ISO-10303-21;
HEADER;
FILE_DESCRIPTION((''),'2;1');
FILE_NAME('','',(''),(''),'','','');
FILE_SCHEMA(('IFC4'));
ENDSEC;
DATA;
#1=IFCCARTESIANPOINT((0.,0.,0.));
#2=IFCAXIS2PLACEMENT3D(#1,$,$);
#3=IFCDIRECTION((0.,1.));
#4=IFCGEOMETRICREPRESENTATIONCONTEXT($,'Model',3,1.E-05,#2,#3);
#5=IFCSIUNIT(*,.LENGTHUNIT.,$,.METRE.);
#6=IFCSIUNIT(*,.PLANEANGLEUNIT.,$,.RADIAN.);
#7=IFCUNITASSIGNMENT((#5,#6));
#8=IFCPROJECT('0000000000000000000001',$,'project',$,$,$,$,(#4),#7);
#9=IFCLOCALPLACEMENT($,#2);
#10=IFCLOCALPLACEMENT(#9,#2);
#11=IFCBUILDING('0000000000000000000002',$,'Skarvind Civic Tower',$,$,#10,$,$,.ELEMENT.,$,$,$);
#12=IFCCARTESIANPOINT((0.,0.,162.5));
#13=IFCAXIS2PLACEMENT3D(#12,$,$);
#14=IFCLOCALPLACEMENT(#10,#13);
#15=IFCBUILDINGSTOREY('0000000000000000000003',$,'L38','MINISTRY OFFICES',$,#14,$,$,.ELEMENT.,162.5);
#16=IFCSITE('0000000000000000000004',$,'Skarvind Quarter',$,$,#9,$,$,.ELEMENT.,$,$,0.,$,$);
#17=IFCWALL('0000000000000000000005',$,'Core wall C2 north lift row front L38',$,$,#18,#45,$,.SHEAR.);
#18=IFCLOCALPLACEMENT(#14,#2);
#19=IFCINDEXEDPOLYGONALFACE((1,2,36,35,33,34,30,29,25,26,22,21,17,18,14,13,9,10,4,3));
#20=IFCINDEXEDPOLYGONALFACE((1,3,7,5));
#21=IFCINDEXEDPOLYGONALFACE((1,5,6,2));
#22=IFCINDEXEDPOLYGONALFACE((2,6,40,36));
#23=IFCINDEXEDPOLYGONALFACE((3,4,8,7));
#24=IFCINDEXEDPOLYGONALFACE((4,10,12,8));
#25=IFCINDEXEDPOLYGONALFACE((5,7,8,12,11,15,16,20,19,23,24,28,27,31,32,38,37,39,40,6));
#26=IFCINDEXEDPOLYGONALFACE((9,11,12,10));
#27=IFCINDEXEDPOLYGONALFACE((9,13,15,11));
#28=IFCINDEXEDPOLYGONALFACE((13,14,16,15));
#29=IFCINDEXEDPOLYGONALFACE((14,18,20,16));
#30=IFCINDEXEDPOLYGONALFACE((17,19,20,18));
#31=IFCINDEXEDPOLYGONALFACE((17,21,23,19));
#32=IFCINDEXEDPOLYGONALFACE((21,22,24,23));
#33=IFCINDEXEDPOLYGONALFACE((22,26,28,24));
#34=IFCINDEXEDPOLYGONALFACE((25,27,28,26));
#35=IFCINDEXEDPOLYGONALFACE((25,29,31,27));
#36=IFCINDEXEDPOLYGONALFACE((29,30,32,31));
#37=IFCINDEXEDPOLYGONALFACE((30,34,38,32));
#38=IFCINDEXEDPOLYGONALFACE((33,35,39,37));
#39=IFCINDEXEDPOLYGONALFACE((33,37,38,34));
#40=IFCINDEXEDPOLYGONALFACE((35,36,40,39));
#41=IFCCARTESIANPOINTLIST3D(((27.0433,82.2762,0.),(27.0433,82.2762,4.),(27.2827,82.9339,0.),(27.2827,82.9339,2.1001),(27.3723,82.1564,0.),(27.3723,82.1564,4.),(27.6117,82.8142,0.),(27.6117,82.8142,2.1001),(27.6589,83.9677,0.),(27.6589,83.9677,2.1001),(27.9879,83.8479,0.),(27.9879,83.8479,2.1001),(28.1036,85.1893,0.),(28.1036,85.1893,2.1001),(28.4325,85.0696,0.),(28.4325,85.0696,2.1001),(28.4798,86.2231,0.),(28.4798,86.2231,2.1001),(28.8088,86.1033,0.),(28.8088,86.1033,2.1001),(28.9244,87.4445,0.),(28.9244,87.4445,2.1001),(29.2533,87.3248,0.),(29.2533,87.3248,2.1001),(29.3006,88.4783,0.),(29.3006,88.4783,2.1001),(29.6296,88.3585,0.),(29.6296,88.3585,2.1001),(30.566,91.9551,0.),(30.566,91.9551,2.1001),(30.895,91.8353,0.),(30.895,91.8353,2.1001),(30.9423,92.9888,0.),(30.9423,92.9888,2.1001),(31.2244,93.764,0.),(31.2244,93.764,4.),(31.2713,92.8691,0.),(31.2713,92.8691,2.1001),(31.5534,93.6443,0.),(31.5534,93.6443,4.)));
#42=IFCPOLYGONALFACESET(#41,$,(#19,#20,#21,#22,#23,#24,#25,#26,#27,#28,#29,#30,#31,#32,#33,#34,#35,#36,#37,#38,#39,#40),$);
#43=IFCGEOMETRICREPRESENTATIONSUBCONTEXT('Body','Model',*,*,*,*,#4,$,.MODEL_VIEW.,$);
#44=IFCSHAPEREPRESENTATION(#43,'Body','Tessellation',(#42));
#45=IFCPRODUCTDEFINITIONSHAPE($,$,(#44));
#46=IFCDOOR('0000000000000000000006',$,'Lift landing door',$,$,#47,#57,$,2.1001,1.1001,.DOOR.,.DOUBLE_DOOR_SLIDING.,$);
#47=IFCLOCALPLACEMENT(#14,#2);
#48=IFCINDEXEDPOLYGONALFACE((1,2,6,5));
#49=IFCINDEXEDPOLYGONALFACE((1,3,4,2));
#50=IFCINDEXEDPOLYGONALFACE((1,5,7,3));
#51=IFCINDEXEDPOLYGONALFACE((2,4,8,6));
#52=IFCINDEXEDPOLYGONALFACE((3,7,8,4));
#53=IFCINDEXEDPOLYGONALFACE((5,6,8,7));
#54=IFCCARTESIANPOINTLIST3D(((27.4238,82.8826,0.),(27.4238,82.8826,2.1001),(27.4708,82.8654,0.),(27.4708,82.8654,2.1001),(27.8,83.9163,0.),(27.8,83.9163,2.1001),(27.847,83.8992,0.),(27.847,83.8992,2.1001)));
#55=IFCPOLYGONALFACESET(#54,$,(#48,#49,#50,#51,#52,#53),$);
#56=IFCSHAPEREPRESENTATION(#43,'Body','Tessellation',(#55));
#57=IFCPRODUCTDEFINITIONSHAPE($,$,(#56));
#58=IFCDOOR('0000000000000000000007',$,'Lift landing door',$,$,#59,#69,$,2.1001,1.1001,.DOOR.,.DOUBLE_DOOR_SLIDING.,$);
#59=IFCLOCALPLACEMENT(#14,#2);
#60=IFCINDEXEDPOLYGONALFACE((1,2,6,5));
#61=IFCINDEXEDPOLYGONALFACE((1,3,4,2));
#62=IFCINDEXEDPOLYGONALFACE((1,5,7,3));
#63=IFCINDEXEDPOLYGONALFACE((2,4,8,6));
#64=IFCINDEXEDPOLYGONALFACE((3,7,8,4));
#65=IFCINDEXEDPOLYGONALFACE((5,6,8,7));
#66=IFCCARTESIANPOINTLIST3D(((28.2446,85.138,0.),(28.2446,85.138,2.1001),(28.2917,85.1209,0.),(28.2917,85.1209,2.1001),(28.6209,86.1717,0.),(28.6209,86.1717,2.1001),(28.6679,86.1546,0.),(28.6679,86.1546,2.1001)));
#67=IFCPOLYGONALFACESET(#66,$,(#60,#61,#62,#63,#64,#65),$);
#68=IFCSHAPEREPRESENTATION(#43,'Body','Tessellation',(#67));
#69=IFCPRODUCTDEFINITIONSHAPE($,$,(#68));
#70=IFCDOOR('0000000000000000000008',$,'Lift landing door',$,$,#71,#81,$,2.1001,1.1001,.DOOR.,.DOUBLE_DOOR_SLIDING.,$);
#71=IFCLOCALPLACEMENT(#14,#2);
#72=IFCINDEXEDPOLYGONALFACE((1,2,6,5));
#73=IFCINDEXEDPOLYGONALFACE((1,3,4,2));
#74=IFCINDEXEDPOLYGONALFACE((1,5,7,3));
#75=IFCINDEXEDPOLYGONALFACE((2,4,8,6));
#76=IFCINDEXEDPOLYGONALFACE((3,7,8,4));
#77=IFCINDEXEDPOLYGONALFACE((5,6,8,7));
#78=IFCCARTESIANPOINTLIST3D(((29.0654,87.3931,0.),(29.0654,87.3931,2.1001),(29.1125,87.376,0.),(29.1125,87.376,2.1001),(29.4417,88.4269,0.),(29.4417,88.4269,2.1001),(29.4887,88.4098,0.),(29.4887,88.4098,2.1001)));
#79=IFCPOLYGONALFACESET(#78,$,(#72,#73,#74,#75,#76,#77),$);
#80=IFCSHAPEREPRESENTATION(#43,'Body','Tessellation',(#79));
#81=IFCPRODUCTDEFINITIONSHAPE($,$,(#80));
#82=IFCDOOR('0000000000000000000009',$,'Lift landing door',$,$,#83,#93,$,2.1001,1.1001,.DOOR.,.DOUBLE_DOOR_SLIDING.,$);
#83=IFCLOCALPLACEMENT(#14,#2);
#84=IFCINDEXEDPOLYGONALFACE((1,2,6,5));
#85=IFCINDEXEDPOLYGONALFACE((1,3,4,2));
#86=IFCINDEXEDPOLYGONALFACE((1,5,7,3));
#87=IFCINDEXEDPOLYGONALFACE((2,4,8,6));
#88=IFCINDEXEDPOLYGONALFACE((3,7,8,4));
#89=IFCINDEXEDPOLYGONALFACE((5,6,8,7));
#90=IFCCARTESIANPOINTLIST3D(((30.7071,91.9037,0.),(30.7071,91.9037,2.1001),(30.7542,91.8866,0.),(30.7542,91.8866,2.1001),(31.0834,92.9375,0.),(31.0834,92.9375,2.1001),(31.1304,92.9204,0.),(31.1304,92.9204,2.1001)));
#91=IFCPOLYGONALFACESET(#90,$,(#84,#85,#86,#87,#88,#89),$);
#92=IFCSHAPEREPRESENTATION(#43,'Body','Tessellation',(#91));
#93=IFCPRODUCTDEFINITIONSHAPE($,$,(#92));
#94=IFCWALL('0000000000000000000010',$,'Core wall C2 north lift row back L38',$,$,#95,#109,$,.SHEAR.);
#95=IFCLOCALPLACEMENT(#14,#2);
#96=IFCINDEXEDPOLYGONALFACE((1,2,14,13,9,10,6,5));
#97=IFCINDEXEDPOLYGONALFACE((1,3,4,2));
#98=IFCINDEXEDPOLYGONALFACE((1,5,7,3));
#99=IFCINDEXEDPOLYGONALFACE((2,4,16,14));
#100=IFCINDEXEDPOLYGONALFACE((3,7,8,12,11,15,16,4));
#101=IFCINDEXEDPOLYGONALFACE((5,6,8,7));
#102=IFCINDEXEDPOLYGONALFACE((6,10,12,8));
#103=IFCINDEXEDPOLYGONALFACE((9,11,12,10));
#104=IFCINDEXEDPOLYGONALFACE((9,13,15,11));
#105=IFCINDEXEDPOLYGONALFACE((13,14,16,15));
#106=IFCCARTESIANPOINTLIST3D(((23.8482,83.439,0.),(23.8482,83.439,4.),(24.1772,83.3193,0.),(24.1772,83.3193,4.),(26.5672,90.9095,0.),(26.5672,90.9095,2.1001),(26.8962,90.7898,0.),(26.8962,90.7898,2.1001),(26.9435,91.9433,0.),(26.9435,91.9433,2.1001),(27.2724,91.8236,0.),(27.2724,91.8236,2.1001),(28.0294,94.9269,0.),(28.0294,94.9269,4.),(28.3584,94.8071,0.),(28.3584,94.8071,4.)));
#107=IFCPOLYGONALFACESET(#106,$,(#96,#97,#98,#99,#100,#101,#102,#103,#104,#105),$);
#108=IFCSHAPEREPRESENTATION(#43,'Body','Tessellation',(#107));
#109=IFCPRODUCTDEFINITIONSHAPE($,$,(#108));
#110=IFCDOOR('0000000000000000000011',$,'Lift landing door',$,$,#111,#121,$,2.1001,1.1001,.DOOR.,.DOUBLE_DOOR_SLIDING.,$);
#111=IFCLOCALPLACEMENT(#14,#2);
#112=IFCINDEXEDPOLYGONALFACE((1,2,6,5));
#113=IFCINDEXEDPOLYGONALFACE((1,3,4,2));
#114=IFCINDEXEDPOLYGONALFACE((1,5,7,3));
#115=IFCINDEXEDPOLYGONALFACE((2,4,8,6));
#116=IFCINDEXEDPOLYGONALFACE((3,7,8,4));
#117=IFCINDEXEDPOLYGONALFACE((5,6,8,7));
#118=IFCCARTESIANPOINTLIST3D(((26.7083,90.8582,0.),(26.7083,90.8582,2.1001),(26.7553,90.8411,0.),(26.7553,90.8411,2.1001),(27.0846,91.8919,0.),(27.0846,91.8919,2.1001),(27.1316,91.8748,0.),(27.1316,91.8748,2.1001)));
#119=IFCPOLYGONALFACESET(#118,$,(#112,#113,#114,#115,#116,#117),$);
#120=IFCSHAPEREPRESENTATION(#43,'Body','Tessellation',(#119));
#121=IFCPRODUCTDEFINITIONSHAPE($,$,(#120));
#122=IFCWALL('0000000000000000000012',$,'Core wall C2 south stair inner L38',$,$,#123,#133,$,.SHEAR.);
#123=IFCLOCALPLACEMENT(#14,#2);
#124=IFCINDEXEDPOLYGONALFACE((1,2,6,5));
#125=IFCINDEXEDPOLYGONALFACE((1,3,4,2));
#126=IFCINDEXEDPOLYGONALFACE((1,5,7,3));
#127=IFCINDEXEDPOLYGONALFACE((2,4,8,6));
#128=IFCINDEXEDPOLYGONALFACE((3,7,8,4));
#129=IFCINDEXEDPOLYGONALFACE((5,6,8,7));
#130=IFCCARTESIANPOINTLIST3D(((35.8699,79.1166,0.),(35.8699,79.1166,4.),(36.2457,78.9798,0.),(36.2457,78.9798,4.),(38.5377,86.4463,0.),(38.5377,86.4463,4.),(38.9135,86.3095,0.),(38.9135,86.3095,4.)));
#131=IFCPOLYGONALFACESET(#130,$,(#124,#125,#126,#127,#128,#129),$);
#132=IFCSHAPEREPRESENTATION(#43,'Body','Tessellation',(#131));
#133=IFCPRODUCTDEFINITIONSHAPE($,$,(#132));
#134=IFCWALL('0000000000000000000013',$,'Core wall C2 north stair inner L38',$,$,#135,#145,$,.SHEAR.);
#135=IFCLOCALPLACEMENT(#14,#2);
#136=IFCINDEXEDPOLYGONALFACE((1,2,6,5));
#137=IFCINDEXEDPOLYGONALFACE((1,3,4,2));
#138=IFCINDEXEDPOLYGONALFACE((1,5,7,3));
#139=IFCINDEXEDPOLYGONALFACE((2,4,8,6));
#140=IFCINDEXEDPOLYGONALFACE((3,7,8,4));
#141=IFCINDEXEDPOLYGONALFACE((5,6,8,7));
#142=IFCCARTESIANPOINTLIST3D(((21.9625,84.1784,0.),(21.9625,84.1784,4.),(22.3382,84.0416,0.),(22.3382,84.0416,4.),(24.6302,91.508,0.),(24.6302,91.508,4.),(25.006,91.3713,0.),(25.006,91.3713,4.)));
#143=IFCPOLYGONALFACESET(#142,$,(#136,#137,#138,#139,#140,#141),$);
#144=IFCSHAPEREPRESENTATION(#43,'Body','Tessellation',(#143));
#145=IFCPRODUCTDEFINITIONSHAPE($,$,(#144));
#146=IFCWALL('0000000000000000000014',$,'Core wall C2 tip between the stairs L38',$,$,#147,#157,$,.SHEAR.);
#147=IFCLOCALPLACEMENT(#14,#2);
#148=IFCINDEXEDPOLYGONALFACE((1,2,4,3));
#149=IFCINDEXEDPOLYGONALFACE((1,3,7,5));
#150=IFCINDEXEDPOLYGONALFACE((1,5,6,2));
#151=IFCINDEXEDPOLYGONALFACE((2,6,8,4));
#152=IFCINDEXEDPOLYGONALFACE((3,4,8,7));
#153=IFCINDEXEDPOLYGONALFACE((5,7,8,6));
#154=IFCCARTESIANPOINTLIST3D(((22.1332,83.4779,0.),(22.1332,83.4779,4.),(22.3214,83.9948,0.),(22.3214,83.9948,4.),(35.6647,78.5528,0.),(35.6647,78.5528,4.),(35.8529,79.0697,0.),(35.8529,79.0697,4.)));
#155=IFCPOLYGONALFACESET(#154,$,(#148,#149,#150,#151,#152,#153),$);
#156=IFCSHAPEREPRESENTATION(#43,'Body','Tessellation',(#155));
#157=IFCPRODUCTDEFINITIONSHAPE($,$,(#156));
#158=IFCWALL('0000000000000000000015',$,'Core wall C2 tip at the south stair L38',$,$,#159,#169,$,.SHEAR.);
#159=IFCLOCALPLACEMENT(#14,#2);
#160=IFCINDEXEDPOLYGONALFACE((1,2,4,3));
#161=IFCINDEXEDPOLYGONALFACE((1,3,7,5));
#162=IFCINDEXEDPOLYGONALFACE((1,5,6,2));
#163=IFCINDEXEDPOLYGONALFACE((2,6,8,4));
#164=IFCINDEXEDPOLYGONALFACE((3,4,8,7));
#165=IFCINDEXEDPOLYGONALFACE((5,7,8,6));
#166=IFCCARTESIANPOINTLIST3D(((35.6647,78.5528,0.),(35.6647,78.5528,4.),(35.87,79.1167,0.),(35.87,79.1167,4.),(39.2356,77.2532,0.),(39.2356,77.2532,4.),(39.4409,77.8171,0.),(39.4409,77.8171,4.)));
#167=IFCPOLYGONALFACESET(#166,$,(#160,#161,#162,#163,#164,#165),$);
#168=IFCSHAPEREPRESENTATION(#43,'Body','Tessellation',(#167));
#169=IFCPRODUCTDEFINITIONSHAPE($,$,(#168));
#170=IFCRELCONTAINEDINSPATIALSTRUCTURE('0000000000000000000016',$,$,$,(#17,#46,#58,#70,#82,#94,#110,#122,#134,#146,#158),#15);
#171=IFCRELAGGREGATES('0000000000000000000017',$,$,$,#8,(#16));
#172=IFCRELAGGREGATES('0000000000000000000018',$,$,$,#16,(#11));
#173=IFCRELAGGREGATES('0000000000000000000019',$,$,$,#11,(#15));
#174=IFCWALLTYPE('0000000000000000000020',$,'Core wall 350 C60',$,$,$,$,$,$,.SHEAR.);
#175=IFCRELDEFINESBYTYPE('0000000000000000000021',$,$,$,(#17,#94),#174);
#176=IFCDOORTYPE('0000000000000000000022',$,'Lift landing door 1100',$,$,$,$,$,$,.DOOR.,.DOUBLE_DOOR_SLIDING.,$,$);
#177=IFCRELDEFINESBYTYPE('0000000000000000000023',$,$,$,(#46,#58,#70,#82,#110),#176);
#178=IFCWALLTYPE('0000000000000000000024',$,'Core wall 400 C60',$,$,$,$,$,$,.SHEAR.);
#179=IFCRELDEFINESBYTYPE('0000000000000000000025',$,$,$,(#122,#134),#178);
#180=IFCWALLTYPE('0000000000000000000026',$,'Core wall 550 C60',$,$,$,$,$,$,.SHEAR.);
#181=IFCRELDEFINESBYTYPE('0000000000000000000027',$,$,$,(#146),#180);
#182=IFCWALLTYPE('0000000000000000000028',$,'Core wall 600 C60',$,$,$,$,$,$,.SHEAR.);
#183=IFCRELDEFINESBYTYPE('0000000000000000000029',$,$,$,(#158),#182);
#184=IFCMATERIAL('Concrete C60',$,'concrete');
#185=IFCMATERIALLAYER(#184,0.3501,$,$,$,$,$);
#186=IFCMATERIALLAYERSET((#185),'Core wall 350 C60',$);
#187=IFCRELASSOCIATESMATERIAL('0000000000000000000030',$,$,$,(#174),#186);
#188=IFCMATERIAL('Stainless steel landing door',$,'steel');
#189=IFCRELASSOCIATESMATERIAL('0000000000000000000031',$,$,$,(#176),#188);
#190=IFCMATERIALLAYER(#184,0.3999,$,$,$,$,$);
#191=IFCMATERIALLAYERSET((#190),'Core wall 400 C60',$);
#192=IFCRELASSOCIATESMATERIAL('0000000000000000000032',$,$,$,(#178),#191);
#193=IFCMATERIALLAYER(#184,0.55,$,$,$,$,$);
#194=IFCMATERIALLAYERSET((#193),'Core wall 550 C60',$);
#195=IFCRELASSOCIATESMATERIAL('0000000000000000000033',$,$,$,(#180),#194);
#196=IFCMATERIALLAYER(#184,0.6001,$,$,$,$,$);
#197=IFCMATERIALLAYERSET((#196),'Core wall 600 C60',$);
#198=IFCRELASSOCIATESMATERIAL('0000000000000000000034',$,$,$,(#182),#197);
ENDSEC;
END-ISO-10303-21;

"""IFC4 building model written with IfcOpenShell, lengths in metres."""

from ifc_helpers import new_model, si_unit, direction, frame, frame_2d, origin, place, context, subcontext, project, spatial, rectangle, extrude, material, layer, layer_set, type_object, element, fill, save


model = new_model("IFC4")

# Units and contexts
model_context = context("Model", 3, precision=1e-05, world=origin(), true_north=direction((0.0, 1.0)))
body_context = subcontext(model_context, "Body", "Model", "MODEL_VIEW")
ifc_project = project(units=[si_unit("LENGTHUNIT", "METRE"), si_unit("PLANEANGLEUNIT", "RADIAN")], contexts=[model_context])

# Site, building, storey
site_placement = place(None, origin())
site = spatial("IfcSite", under=ifc_project, at=site_placement, Name="Skarvind Quarter", CompositionType="ELEMENT", RefElevation=0.0)
building_placement = place(site_placement, origin())
building = spatial("IfcBuilding", under=site, at=building_placement, Name="Skarvind Civic Tower", CompositionType="ELEMENT")
storey_placement = place(building_placement, frame((0.0, 0.0, 162.5)))
storey = spatial("IfcBuildingStorey", under=building, at=storey_placement, Name="L38", Description="MINISTRY OFFICES", CompositionType="ELEMENT", Elevation=162.5)

# Shared definitions
ifc_material_1 = material(Name="Concrete C60", Category="concrete")
ifc_layer_1 = layer(ifc_material_1, 0.3501)
ifc_layer_set_1 = layer_set([ifc_layer_1], Name="Core wall 350 C60")
wall_type_1 = type_object("IfcWallType", Name="Core wall 350 C60", PredefinedType="SHEAR", material=ifc_layer_set_1)

# Wall, openings, doors
wall_1_placement = place(storey_placement, frame((27.2078, 82.2163, 0.0), z_axis=(0.0, 0.0, 1.0), x_axis=(0.342016, 0.939694, 0.0)))
wall_1 = element("IfcWall", 1, at=wall_1_placement, inside=storey, type_object=wall_type_1, Name="Core wall C2 north lift row front L38", PredefinedType="SHEAR", context=body_context, shape_type="SweptSolid", body=[
    extrude(rectangle(XDim=12.2251, YDim=0.3501, at=frame_2d((6.1125, 0.0))), origin(), (0.0, 0.0, 1.0), 4.0),
])
opening_1_placement = place(wall_1_placement, frame((0.7, 0.0, 0.0)))
opening_1 = element("IfcOpeningElement", 2, at=opening_1_placement, cuts=wall_1, PredefinedType="OPENING", context=body_context, shape_type="SweptSolid", body=[
    extrude(rectangle(XDim=1.1001, YDim=2.1001, at=frame_2d((0.55, 1.05))), frame((0.0, 0.1851, 0.0), z_axis=(0.0, -1.0, 0.0), x_axis=(1.0, 0.0, 0.0)), (0.0, 0.0, 1.0), 0.3701),
])
opening_2_placement = place(wall_1_placement, frame((3.1001, 0.0, 0.0)))
opening_2 = element("IfcOpeningElement", 3, at=opening_2_placement, cuts=wall_1, PredefinedType="OPENING", context=body_context, shape_type="SweptSolid", body=[
    extrude(rectangle(XDim=1.1001, YDim=2.1001, at=frame_2d((0.55, 1.05))), frame((0.0, 0.1851, 0.0), z_axis=(0.0, -1.0, 0.0), x_axis=(1.0, 0.0, 0.0)), (0.0, 0.0, 1.0), 0.3701),
])
opening_3_placement = place(wall_1_placement, frame((5.5, 0.0, 0.0)))
opening_3 = element("IfcOpeningElement", 4, at=opening_3_placement, cuts=wall_1, PredefinedType="OPENING", context=body_context, shape_type="SweptSolid", body=[
    extrude(rectangle(XDim=1.1001, YDim=2.1001, at=frame_2d((0.55, 1.05))), frame((0.0, 0.1851, 0.0), z_axis=(0.0, -1.0, 0.0), x_axis=(1.0, 0.0, 0.0)), (0.0, 0.0, 1.0), 0.3701),
])
opening_4_placement = place(wall_1_placement, frame((10.3, 0.0, 0.0)))
opening_4 = element("IfcOpeningElement", 5, at=opening_4_placement, cuts=wall_1, PredefinedType="OPENING", context=body_context, shape_type="SweptSolid", body=[
    extrude(rectangle(XDim=1.1001, YDim=2.1001, at=frame_2d((0.55, 1.05))), frame((0.0, 0.1851, 0.0), z_axis=(0.0, -1.0, 0.0), x_axis=(1.0, 0.0, 0.0)), (0.0, 0.0, 1.0), 0.3701),
])
ifc_material_2 = material(Name="Stainless steel landing door", Category="steel")
door_type_1 = type_object("IfcDoorType", Name="Lift landing door 1100", OperationType="DOUBLE_DOOR_SLIDING", PredefinedType="DOOR", material=ifc_material_2)
door_1_placement = place(opening_1_placement, origin())
door_1 = element("IfcDoor", 6, at=door_1_placement, inside=storey, type_object=door_type_1, Name="Lift landing door", OperationType="DOUBLE_DOOR_SLIDING", OverallHeight=2.1001, OverallWidth=1.1001, PredefinedType="DOOR", context=body_context, shape_type="SweptSolid", body=[
    extrude(rectangle(XDim=1.1001, YDim=2.1001, at=frame_2d((0.55, 1.05))), frame((0.0, 0.0249, 0.0), z_axis=(0.0, -1.0, 0.0), x_axis=(1.0, 0.0, 0.0)), (0.0, 0.0, 1.0), 0.05),
])
fill(opening_1, door_1)
door_2_placement = place(opening_2_placement, origin())
door_2 = element("IfcDoor", 7, at=door_2_placement, inside=storey, type_object=door_type_1, Name="Lift landing door", OperationType="DOUBLE_DOOR_SLIDING", OverallHeight=2.1001, OverallWidth=1.1001, PredefinedType="DOOR", context=body_context, shape_type="SweptSolid", body=[
    extrude(rectangle(XDim=1.1001, YDim=2.1001, at=frame_2d((0.55, 1.05))), frame((0.0, 0.0249, 0.0), z_axis=(0.0, -1.0, 0.0), x_axis=(1.0, 0.0, 0.0)), (0.0, 0.0, 1.0), 0.05),
])
fill(opening_2, door_2)
door_3_placement = place(opening_3_placement, origin())
door_3 = element("IfcDoor", 8, at=door_3_placement, inside=storey, type_object=door_type_1, Name="Lift landing door", OperationType="DOUBLE_DOOR_SLIDING", OverallHeight=2.1001, OverallWidth=1.1001, PredefinedType="DOOR", context=body_context, shape_type="SweptSolid", body=[
    extrude(rectangle(XDim=1.1001, YDim=2.1001, at=frame_2d((0.55, 1.05))), frame((0.0, 0.0249, 0.0), z_axis=(0.0, -1.0, 0.0), x_axis=(1.0, 0.0, 0.0)), (0.0, 0.0, 1.0), 0.05),
])
fill(opening_3, door_3)
door_4_placement = place(opening_4_placement, origin())
door_4 = element("IfcDoor", 9, at=door_4_placement, inside=storey, type_object=door_type_1, Name="Lift landing door", OperationType="DOUBLE_DOOR_SLIDING", OverallHeight=2.1001, OverallWidth=1.1001, PredefinedType="DOOR", context=body_context, shape_type="SweptSolid", body=[
    extrude(rectangle(XDim=1.1001, YDim=2.1001, at=frame_2d((0.55, 1.05))), frame((0.0, 0.0249, 0.0), z_axis=(0.0, -1.0, 0.0), x_axis=(1.0, 0.0, 0.0)), (0.0, 0.0, 1.0), 0.05),
])
fill(opening_4, door_4)

# Wall, opening, door
wall_2_placement = place(storey_placement, frame((24.0127, 83.3792, 0.0), z_axis=(0.0, 0.0, 1.0), x_axis=(0.342016, 0.939694, 0.0)))
wall_2 = element("IfcWall", 10, at=wall_2_placement, inside=storey, type_object=wall_type_1, Name="Core wall C2 north lift row back L38", PredefinedType="SHEAR", context=body_context, shape_type="SweptSolid", body=[
    extrude(rectangle(XDim=12.2251, YDim=0.3501, at=frame_2d((6.1125, 0.0))), origin(), (0.0, 0.0, 1.0), 4.0),
])
opening_5_placement = place(wall_2_placement, frame((7.95, 0.0, 0.0)))
opening_5 = element("IfcOpeningElement", 11, at=opening_5_placement, cuts=wall_2, PredefinedType="OPENING", context=body_context, shape_type="SweptSolid", body=[
    extrude(rectangle(XDim=1.1001, YDim=2.1001, at=frame_2d((0.55, 1.05))), frame((0.0, 0.1851, 0.0), z_axis=(0.0, -1.0, 0.0), x_axis=(1.0, 0.0, 0.0)), (0.0, 0.0, 1.0), 0.3701),
])
door_5_placement = place(opening_5_placement, origin())
door_5 = element("IfcDoor", 12, at=door_5_placement, inside=storey, type_object=door_type_1, Name="Lift landing door", OperationType="DOUBLE_DOOR_SLIDING", OverallHeight=2.1001, OverallWidth=1.1001, PredefinedType="DOOR", context=body_context, shape_type="SweptSolid", body=[
    extrude(rectangle(XDim=1.1001, YDim=2.1001, at=frame_2d((0.55, 1.05))), frame((0.0, 0.0249, 0.0), z_axis=(0.0, -1.0, 0.0), x_axis=(1.0, 0.0, 0.0)), (0.0, 0.0, 1.0), 0.05),
])
fill(opening_5, door_5)

# Walls
ifc_layer_2 = layer(ifc_material_1, 0.3999)
ifc_layer_set_2 = layer_set([ifc_layer_2], Name="Core wall 400 C60")
wall_type_2 = type_object("IfcWallType", Name="Core wall 400 C60", PredefinedType="SHEAR", material=ifc_layer_set_2)
for number, where, z_axis, x_axis, name in (
    (13, (36.0579, 79.0483, 0.0), (0.0, 0.0, 1.0), (0.342017, 0.939694, 0.0), "Core wall C2 south stair inner L38"),
    (14, (22.1504, 84.1101, 0.0), (0.0, 0.0, 1.0), (0.342017, 0.939694, 0.0), "Core wall C2 north stair inner L38"),
):
    element("IfcWall", number, at=place(storey_placement, frame(where, z_axis=z_axis, x_axis=x_axis)), inside=storey, type_object=wall_type_2, Name=name, PredefinedType="SHEAR", context=body_context, shape_type="SweptSolid", body=[
        extrude(rectangle(XDim=7.8, YDim=0.3999, at=frame_2d((3.8999, 0.0))), origin(), (0.0, 0.0, 1.0), 4.0),
    ])
ifc_layer_3 = layer(ifc_material_1, 0.55)
ifc_layer_set_3 = layer_set([ifc_layer_3], Name="Core wall 550 C60")
wall_type_3 = type_object("IfcWallType", Name="Core wall 550 C60", PredefinedType="SHEAR", material=ifc_layer_set_3)
wall_3_placement = place(storey_placement, frame((35.7588, 78.8113, 0.0), z_axis=(0.0, 0.0, 1.0), x_axis=(-0.939693, 0.342019, 0.0)))
element("IfcWall", 15, at=wall_3_placement, inside=storey, type_object=wall_type_3, Name="Core wall C2 tip between the stairs L38", PredefinedType="SHEAR", context=body_context, shape_type="SweptSolid", body=[
    extrude(rectangle(XDim=14.3999, YDim=0.55, at=frame_2d((7.2, 0.0))), origin(), (0.0, 0.0, 1.0), 4.0),
])
ifc_layer_4 = layer(ifc_material_1, 0.6001)
ifc_layer_set_4 = layer_set([ifc_layer_4], Name="Core wall 600 C60")
wall_type_4 = type_object("IfcWallType", Name="Core wall 600 C60", PredefinedType="SHEAR", material=ifc_layer_set_4)
for number, where, z_axis, x_axis, name in (
    (16, (39.3381, 77.5352, 0.0), (0.0, 0.0, 1.0), (-0.939701, 0.341996, 0.0), "Core wall C2 tip at the south stair L38"),
):
    element("IfcWall", number, at=place(storey_placement, frame(where, z_axis=z_axis, x_axis=x_axis)), inside=storey, type_object=wall_type_4, Name=name, PredefinedType="SHEAR", context=body_context, shape_type="SweptSolid", body=[
        extrude(rectangle(XDim=3.8, YDim=0.6001, at=frame_2d((1.8999, 0.0))), origin(), (0.0, 0.0, 1.0), 4.0),
    ])

save(model, "model.ifc")
